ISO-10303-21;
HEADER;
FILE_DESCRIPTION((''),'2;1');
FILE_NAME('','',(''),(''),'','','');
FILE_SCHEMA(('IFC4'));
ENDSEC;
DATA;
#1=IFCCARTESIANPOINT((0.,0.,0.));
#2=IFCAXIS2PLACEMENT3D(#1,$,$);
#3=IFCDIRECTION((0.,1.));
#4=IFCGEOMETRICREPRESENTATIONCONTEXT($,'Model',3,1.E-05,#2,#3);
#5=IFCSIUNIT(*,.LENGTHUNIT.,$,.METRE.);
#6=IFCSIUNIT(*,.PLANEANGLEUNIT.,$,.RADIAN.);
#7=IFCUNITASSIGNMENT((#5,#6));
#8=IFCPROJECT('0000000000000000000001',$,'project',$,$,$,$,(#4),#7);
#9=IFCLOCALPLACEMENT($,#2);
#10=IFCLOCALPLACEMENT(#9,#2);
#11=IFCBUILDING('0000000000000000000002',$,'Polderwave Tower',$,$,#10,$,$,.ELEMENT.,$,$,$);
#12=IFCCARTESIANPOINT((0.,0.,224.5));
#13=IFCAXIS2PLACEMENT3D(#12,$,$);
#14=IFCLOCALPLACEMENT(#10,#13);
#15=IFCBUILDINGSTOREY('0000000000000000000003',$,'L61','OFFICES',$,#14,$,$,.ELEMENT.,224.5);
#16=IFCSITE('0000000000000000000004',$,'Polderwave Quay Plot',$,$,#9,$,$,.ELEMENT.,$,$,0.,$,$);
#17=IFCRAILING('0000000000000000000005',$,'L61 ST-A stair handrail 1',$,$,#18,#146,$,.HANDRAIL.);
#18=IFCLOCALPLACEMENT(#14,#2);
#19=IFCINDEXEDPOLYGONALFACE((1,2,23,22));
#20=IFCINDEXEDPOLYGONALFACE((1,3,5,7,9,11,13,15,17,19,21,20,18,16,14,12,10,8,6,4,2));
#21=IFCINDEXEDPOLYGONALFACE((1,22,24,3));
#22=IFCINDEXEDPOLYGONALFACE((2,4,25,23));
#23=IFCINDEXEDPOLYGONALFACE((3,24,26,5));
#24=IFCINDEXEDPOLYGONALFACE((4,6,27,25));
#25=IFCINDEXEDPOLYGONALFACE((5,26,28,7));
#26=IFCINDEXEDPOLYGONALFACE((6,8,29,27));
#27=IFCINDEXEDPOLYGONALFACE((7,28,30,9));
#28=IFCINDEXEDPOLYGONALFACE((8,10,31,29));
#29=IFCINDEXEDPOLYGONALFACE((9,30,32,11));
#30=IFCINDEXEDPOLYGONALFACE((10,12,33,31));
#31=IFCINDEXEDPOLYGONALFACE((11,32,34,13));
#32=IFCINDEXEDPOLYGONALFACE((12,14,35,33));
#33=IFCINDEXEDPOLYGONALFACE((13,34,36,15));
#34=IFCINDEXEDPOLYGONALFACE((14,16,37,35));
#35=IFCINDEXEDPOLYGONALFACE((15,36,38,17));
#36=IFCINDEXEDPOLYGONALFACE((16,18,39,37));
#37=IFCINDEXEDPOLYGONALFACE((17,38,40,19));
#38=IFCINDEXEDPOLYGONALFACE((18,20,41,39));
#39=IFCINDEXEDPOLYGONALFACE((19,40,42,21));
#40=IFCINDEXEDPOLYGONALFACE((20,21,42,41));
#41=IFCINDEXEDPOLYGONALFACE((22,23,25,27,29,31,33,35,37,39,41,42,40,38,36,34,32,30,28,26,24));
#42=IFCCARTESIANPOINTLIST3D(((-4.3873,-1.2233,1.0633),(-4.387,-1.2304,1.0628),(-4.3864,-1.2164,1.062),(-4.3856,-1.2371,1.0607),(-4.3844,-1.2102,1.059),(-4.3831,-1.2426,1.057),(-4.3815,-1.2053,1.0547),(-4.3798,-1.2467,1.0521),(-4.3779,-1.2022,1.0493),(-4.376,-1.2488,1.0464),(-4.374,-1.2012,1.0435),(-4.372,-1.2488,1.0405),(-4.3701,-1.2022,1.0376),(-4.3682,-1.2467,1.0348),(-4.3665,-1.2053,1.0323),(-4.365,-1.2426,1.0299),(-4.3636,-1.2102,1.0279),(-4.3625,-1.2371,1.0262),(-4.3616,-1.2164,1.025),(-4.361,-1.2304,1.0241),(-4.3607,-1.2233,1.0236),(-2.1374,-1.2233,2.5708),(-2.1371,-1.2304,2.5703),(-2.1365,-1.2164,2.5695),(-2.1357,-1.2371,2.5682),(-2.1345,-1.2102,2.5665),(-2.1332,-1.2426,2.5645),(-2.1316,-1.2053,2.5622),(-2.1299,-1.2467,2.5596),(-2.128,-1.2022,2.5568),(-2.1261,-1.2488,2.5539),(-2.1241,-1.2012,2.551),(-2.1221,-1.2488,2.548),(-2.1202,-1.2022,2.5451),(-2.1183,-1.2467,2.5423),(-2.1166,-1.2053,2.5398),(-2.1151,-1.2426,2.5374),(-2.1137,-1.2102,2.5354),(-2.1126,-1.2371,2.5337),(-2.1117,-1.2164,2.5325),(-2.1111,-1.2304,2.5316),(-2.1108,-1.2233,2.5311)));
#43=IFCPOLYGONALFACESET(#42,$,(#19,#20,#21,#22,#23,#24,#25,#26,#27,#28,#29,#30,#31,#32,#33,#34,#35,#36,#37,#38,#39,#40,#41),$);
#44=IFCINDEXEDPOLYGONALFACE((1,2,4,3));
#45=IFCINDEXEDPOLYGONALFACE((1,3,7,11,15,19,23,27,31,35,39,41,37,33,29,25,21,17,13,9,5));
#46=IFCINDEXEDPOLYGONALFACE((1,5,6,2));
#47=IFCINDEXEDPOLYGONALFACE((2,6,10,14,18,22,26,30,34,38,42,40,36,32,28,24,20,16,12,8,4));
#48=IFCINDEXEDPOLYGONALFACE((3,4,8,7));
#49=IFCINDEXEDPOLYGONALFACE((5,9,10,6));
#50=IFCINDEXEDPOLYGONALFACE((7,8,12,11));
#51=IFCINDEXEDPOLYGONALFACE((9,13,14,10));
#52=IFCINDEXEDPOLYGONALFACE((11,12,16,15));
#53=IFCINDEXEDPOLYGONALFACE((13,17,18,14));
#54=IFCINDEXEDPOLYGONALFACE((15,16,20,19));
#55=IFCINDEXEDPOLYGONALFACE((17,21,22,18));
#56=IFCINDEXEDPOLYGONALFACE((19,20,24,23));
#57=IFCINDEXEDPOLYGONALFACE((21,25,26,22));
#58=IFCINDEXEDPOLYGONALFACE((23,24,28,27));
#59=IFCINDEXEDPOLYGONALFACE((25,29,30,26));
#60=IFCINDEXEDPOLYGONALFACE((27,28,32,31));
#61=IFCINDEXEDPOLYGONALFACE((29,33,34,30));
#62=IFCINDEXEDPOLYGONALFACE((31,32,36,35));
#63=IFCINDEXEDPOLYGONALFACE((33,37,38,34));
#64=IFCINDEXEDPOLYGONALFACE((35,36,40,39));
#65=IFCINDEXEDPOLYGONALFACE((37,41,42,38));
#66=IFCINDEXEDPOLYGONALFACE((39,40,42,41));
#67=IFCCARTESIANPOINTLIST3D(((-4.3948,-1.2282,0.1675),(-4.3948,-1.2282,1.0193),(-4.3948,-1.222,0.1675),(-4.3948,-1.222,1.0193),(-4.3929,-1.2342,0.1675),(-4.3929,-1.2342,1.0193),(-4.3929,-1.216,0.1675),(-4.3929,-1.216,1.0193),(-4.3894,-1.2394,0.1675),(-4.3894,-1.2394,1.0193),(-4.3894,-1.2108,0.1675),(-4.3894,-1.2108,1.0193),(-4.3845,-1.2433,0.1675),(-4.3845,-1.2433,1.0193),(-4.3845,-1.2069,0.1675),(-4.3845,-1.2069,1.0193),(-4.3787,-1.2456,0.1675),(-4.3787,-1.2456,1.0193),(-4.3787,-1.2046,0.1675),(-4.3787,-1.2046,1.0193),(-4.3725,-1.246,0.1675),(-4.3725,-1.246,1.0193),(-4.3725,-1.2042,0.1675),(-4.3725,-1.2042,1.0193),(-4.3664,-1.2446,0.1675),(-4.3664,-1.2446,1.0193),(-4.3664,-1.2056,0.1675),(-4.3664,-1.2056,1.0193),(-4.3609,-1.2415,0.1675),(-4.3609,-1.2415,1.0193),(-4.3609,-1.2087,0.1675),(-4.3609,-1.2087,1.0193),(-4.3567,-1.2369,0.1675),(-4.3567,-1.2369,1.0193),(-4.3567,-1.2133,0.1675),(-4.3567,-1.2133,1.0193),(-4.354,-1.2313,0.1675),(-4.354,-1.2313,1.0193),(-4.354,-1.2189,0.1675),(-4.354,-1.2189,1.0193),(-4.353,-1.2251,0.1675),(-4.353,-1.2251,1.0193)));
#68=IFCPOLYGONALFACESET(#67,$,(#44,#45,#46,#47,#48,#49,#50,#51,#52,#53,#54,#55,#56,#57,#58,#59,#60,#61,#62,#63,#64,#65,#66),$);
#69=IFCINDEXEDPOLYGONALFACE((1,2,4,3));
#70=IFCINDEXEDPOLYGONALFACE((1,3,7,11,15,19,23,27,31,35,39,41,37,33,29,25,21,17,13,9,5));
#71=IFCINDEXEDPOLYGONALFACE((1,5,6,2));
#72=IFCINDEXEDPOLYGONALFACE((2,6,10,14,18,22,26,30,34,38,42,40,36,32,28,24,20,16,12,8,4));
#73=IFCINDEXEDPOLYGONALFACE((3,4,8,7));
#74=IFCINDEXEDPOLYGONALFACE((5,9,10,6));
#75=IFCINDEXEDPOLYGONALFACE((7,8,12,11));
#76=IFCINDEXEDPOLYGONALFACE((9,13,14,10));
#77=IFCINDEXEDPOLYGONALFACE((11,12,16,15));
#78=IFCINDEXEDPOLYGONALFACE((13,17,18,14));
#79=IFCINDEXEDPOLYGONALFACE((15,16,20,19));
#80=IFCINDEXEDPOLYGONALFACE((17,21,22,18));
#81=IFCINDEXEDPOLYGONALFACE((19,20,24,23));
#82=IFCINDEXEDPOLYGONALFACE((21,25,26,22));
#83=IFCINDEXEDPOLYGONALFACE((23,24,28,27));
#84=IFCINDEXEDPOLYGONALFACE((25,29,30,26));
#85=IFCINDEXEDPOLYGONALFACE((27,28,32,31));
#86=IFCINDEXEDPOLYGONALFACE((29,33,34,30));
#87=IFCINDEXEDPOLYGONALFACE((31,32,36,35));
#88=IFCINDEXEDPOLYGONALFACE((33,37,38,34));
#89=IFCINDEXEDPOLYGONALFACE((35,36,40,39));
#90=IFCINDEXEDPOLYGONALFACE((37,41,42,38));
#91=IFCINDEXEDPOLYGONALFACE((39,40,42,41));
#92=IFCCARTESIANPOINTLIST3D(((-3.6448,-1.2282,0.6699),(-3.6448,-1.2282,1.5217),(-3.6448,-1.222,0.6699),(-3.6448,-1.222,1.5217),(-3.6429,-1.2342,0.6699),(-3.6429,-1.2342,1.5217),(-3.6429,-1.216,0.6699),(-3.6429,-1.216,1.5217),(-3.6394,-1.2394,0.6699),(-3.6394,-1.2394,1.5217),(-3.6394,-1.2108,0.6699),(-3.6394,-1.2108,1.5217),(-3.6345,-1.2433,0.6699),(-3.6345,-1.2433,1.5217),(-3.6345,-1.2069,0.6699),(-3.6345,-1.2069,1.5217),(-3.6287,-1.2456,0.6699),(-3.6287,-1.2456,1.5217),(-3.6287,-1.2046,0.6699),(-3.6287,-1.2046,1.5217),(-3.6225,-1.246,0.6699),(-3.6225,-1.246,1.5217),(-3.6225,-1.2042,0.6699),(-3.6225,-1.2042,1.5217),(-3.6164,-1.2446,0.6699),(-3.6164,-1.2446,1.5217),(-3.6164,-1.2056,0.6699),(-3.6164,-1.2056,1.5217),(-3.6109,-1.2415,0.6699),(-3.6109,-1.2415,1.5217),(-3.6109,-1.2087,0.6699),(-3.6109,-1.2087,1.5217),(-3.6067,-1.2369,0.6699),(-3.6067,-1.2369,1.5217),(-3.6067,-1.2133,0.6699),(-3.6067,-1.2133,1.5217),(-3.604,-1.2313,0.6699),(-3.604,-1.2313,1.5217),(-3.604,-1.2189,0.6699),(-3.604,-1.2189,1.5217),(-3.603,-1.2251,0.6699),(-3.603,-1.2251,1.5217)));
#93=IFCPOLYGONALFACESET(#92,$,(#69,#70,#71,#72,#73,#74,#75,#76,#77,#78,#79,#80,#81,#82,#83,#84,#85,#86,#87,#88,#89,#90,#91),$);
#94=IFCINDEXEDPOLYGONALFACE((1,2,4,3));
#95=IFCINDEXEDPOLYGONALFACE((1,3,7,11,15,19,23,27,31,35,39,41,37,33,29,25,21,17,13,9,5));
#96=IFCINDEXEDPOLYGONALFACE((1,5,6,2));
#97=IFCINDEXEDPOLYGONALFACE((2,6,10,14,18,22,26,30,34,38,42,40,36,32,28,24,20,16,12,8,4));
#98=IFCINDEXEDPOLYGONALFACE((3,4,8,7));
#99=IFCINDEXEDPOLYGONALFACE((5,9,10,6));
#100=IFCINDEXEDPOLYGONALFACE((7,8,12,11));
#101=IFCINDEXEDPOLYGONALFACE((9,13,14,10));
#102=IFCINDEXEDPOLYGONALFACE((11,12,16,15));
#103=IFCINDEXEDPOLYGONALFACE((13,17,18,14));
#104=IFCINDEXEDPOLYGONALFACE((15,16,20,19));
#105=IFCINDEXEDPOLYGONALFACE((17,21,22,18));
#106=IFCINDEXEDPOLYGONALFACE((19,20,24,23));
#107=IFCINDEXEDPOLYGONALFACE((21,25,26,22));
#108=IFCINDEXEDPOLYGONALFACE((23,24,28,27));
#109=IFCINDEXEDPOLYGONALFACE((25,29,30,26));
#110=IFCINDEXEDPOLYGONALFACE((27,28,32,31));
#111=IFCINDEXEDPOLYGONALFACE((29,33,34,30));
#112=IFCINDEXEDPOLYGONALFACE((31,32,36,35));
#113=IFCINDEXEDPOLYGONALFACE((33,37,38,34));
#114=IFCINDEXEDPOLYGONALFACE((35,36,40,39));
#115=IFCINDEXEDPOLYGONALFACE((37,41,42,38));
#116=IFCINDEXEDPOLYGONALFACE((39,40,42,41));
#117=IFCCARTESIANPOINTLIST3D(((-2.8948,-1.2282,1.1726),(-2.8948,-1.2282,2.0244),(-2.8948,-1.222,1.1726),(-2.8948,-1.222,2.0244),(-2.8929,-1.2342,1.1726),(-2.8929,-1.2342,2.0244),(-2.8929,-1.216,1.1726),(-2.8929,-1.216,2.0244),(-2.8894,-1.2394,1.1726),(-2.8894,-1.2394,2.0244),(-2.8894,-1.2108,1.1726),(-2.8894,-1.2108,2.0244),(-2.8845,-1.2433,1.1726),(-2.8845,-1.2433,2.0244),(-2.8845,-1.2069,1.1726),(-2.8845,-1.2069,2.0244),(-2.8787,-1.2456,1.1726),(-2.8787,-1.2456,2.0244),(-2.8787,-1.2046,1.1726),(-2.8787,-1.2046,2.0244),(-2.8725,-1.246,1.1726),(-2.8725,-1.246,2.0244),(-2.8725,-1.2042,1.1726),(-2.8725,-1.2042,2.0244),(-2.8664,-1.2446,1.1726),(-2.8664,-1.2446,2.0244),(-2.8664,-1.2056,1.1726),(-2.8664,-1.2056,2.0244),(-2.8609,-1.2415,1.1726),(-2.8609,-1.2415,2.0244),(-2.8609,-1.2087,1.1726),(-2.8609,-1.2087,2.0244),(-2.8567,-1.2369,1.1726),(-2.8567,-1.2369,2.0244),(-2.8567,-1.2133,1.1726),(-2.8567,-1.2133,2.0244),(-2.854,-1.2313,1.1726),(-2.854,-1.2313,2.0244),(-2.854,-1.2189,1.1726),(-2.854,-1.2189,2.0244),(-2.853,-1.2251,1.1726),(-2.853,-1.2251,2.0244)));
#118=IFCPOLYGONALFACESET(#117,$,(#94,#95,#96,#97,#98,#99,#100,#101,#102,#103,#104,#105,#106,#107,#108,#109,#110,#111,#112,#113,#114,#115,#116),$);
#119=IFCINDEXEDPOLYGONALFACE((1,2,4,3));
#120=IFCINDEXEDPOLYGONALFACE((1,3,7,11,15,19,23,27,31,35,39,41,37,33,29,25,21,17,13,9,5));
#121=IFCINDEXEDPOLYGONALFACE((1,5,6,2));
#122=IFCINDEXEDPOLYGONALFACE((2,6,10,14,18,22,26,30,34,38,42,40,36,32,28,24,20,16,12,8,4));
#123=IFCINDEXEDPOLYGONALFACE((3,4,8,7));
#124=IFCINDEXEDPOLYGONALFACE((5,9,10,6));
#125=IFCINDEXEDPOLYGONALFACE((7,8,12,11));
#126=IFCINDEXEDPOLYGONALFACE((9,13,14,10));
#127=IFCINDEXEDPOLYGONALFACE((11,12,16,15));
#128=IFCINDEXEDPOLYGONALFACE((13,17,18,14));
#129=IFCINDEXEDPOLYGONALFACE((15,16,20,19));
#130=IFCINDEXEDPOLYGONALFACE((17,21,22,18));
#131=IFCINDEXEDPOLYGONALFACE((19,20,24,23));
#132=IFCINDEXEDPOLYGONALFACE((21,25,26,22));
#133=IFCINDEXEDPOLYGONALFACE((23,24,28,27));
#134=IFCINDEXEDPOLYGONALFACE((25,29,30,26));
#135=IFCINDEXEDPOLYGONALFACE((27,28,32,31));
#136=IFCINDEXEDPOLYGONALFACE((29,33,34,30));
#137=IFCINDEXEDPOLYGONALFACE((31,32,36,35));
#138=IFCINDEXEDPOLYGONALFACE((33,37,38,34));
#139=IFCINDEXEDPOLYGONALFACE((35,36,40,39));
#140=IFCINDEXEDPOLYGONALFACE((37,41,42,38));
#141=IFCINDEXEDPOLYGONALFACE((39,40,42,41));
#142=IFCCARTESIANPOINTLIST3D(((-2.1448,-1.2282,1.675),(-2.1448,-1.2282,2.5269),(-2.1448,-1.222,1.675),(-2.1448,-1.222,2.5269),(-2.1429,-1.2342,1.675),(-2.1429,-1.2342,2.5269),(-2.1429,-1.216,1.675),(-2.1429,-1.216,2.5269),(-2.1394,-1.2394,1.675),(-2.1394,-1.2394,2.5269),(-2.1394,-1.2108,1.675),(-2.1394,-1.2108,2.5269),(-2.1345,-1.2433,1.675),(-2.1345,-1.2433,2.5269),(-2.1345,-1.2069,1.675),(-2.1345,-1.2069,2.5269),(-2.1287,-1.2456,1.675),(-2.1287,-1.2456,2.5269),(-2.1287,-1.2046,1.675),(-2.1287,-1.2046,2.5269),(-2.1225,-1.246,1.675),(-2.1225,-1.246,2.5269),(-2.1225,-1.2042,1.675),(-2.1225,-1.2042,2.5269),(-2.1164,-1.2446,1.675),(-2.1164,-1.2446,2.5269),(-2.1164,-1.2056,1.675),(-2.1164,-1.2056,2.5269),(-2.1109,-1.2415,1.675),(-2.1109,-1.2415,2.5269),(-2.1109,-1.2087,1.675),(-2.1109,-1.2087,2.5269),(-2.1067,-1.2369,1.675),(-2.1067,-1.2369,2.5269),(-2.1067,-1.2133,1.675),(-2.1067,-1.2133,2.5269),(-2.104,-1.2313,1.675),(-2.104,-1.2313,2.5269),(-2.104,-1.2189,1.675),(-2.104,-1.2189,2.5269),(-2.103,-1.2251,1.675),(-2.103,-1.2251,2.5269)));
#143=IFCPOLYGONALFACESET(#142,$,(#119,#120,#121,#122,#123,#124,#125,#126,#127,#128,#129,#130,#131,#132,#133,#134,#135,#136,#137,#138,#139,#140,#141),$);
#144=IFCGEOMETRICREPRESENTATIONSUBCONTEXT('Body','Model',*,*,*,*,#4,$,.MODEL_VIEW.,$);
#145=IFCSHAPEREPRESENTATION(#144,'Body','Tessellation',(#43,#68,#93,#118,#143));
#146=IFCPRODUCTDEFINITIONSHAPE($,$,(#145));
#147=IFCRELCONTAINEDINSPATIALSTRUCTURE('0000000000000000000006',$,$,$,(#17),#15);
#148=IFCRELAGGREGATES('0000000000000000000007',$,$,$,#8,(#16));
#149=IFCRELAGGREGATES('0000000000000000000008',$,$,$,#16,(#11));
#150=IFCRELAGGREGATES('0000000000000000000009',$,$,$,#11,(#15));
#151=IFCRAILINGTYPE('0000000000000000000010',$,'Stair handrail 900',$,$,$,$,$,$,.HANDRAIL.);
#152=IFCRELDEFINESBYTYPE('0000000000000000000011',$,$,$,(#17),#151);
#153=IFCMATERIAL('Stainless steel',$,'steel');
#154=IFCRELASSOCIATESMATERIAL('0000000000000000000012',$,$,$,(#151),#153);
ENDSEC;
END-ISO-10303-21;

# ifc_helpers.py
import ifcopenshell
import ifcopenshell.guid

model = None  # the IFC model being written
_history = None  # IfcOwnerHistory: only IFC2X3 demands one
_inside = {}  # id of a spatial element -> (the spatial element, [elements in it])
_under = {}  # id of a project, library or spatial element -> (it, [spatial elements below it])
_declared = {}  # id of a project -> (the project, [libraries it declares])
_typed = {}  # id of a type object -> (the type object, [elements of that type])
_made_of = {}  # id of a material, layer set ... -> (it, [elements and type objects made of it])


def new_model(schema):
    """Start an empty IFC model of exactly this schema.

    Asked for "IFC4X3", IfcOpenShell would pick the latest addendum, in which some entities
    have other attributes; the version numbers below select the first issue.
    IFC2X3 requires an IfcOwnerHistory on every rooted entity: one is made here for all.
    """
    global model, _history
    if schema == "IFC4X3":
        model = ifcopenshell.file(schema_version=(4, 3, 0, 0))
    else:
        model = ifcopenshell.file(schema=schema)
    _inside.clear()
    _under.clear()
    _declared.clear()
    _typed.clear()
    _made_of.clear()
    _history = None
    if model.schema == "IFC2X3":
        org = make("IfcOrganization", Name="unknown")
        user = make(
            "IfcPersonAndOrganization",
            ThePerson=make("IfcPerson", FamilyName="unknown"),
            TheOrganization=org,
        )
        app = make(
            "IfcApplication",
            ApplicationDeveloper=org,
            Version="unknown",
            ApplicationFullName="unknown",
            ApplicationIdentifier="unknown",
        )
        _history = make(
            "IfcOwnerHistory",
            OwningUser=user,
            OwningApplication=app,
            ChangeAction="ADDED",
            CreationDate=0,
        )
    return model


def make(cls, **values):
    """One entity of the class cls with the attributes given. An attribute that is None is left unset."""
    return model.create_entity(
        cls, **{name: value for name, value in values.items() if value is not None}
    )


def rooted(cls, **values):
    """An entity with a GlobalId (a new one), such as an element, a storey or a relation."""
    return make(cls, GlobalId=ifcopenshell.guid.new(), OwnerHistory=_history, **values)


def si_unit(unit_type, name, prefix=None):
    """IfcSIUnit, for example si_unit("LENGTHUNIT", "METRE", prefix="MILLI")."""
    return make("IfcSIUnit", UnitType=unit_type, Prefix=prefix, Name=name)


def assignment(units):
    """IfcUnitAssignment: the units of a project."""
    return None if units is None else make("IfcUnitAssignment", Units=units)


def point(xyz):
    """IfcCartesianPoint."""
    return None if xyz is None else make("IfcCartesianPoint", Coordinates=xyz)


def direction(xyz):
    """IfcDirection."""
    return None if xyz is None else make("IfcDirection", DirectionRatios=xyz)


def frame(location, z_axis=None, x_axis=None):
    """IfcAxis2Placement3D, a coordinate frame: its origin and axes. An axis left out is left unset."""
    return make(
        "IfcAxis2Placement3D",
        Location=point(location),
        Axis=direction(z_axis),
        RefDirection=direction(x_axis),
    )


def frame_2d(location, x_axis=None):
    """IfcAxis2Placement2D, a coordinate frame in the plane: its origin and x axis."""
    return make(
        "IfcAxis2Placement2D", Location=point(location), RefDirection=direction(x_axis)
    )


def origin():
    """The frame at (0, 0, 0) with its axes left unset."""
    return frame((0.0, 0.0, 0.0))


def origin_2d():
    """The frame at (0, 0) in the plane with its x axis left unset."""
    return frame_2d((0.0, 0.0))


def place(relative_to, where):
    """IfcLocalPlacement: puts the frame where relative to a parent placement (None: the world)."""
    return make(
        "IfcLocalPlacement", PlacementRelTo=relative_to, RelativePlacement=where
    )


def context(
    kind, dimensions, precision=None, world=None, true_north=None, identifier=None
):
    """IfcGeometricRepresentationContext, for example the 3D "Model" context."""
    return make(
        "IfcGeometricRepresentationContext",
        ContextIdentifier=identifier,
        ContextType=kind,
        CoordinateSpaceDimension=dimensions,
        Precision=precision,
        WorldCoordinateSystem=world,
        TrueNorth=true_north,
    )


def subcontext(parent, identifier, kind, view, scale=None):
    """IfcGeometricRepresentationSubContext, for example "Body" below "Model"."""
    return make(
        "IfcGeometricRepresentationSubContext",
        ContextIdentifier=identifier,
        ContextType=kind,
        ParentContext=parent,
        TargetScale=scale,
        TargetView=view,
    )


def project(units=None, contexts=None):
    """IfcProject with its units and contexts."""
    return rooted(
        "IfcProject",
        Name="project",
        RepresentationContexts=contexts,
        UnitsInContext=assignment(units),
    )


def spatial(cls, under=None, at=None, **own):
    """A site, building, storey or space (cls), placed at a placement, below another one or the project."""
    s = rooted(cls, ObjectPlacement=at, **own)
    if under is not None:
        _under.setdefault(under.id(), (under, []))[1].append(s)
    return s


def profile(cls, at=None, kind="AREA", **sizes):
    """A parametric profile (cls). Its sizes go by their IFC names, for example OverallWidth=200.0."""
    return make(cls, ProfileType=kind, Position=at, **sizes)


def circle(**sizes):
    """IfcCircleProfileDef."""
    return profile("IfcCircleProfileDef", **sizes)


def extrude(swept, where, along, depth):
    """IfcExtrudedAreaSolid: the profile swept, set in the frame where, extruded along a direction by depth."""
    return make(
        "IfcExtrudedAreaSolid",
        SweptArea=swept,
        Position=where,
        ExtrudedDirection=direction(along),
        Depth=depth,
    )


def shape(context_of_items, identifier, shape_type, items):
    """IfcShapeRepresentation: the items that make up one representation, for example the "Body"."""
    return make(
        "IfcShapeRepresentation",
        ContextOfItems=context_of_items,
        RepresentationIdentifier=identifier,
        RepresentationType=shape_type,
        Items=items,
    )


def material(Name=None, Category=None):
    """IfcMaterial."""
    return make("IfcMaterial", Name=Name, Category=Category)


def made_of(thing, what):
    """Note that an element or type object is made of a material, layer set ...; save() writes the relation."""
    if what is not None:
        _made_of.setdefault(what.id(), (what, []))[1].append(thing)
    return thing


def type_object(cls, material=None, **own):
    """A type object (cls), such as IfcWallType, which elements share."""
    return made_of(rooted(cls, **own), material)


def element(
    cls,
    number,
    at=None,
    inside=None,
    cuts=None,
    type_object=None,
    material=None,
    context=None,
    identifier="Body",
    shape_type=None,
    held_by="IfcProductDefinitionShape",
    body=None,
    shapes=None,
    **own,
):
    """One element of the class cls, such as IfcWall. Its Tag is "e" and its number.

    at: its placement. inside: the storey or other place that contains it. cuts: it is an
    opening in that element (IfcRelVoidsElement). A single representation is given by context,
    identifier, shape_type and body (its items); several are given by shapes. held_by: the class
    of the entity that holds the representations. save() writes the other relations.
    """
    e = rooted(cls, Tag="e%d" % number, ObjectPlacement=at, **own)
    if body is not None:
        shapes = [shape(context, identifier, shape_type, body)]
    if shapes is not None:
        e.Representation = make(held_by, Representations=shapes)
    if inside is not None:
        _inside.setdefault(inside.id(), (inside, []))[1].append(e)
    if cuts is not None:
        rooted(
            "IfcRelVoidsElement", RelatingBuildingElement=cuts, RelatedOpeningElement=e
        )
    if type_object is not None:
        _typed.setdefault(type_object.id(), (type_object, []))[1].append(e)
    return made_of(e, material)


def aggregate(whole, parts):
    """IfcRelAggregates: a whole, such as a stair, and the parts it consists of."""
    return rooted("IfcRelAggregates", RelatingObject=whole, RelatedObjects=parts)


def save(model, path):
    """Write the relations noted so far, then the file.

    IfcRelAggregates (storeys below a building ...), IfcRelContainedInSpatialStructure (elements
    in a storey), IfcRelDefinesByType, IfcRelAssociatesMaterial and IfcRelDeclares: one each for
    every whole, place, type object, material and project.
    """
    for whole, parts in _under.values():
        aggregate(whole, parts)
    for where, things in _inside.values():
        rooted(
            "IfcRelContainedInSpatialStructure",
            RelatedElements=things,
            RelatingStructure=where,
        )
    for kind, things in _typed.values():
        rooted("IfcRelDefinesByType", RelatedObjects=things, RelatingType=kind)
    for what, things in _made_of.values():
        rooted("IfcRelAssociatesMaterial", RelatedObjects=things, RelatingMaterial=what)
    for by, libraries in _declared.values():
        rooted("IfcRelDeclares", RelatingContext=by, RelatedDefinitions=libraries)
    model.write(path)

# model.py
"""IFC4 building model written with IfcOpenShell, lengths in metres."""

from ifc_helpers import new_model, si_unit, direction, frame, origin, origin_2d, place, context, subcontext, project, spatial, circle, extrude, material, type_object, element, save


model = new_model("IFC4")

# Units and contexts
model_context = context("Model", 3, precision=1e-05, world=origin(), true_north=direction((0.0, 1.0)))
body_context = subcontext(model_context, "Body", "Model", "MODEL_VIEW")
ifc_project = project(units=[si_unit("LENGTHUNIT", "METRE"), si_unit("PLANEANGLEUNIT", "RADIAN")], contexts=[model_context])

# Site, building, storey
site_placement = place(None, origin())
site = spatial("IfcSite", under=ifc_project, at=site_placement, Name="Polderwave Quay Plot", CompositionType="ELEMENT", RefElevation=0.0)
building_placement = place(site_placement, origin())
building = spatial("IfcBuilding", under=site, at=building_placement, Name="Polderwave Tower", CompositionType="ELEMENT")
storey_placement = place(building_placement, frame((0.0, 0.0, 224.5)))
storey = spatial("IfcBuildingStorey", under=building, at=storey_placement, Name="L61", Description="OFFICES", CompositionType="ELEMENT", Elevation=224.5)

# Railing
ifc_material_1 = material(Name="Stainless steel", Category="steel")
railing_type_1 = type_object("IfcRailingType", Name="Stair handrail 900", PredefinedType="HANDRAIL", material=ifc_material_1)
railing_1_placement = place(storey_placement, frame((-4.374, -1.2251, 0.1675)))
element("IfcRailing", 1, at=railing_1_placement, inside=storey, type_object=railing_type_1, Name="L61 ST-A stair handrail 1", PredefinedType="HANDRAIL", context=body_context, shape_type="SweptSolid", body=[
    extrude(circle(Radius=0.0239, at=origin_2d()), frame((0.0, 0.0, 0.876), z_axis=(0.830758, 0.0, 0.556633), x_axis=(0.0, 1.0, 0.0)), (0.0, 0.0, 1.0), 2.7083),
    extrude(circle(Radius=0.021, at=origin_2d()), origin(), (0.0, 0.0, 1.0), 0.8518),
    extrude(circle(Radius=0.021, at=origin_2d()), frame((0.75, 0.0, 0.5024)), (0.0, 0.0, 1.0), 0.8518),
    extrude(circle(Radius=0.021, at=origin_2d()), frame((1.5, 0.0, 1.0051)), (0.0, 0.0, 1.0), 0.8518),
    extrude(circle(Radius=0.021, at=origin_2d()), frame((2.25, 0.0, 1.5076)), (0.0, 0.0, 1.0), 0.8518),
])

save(model, "model.ifc")
